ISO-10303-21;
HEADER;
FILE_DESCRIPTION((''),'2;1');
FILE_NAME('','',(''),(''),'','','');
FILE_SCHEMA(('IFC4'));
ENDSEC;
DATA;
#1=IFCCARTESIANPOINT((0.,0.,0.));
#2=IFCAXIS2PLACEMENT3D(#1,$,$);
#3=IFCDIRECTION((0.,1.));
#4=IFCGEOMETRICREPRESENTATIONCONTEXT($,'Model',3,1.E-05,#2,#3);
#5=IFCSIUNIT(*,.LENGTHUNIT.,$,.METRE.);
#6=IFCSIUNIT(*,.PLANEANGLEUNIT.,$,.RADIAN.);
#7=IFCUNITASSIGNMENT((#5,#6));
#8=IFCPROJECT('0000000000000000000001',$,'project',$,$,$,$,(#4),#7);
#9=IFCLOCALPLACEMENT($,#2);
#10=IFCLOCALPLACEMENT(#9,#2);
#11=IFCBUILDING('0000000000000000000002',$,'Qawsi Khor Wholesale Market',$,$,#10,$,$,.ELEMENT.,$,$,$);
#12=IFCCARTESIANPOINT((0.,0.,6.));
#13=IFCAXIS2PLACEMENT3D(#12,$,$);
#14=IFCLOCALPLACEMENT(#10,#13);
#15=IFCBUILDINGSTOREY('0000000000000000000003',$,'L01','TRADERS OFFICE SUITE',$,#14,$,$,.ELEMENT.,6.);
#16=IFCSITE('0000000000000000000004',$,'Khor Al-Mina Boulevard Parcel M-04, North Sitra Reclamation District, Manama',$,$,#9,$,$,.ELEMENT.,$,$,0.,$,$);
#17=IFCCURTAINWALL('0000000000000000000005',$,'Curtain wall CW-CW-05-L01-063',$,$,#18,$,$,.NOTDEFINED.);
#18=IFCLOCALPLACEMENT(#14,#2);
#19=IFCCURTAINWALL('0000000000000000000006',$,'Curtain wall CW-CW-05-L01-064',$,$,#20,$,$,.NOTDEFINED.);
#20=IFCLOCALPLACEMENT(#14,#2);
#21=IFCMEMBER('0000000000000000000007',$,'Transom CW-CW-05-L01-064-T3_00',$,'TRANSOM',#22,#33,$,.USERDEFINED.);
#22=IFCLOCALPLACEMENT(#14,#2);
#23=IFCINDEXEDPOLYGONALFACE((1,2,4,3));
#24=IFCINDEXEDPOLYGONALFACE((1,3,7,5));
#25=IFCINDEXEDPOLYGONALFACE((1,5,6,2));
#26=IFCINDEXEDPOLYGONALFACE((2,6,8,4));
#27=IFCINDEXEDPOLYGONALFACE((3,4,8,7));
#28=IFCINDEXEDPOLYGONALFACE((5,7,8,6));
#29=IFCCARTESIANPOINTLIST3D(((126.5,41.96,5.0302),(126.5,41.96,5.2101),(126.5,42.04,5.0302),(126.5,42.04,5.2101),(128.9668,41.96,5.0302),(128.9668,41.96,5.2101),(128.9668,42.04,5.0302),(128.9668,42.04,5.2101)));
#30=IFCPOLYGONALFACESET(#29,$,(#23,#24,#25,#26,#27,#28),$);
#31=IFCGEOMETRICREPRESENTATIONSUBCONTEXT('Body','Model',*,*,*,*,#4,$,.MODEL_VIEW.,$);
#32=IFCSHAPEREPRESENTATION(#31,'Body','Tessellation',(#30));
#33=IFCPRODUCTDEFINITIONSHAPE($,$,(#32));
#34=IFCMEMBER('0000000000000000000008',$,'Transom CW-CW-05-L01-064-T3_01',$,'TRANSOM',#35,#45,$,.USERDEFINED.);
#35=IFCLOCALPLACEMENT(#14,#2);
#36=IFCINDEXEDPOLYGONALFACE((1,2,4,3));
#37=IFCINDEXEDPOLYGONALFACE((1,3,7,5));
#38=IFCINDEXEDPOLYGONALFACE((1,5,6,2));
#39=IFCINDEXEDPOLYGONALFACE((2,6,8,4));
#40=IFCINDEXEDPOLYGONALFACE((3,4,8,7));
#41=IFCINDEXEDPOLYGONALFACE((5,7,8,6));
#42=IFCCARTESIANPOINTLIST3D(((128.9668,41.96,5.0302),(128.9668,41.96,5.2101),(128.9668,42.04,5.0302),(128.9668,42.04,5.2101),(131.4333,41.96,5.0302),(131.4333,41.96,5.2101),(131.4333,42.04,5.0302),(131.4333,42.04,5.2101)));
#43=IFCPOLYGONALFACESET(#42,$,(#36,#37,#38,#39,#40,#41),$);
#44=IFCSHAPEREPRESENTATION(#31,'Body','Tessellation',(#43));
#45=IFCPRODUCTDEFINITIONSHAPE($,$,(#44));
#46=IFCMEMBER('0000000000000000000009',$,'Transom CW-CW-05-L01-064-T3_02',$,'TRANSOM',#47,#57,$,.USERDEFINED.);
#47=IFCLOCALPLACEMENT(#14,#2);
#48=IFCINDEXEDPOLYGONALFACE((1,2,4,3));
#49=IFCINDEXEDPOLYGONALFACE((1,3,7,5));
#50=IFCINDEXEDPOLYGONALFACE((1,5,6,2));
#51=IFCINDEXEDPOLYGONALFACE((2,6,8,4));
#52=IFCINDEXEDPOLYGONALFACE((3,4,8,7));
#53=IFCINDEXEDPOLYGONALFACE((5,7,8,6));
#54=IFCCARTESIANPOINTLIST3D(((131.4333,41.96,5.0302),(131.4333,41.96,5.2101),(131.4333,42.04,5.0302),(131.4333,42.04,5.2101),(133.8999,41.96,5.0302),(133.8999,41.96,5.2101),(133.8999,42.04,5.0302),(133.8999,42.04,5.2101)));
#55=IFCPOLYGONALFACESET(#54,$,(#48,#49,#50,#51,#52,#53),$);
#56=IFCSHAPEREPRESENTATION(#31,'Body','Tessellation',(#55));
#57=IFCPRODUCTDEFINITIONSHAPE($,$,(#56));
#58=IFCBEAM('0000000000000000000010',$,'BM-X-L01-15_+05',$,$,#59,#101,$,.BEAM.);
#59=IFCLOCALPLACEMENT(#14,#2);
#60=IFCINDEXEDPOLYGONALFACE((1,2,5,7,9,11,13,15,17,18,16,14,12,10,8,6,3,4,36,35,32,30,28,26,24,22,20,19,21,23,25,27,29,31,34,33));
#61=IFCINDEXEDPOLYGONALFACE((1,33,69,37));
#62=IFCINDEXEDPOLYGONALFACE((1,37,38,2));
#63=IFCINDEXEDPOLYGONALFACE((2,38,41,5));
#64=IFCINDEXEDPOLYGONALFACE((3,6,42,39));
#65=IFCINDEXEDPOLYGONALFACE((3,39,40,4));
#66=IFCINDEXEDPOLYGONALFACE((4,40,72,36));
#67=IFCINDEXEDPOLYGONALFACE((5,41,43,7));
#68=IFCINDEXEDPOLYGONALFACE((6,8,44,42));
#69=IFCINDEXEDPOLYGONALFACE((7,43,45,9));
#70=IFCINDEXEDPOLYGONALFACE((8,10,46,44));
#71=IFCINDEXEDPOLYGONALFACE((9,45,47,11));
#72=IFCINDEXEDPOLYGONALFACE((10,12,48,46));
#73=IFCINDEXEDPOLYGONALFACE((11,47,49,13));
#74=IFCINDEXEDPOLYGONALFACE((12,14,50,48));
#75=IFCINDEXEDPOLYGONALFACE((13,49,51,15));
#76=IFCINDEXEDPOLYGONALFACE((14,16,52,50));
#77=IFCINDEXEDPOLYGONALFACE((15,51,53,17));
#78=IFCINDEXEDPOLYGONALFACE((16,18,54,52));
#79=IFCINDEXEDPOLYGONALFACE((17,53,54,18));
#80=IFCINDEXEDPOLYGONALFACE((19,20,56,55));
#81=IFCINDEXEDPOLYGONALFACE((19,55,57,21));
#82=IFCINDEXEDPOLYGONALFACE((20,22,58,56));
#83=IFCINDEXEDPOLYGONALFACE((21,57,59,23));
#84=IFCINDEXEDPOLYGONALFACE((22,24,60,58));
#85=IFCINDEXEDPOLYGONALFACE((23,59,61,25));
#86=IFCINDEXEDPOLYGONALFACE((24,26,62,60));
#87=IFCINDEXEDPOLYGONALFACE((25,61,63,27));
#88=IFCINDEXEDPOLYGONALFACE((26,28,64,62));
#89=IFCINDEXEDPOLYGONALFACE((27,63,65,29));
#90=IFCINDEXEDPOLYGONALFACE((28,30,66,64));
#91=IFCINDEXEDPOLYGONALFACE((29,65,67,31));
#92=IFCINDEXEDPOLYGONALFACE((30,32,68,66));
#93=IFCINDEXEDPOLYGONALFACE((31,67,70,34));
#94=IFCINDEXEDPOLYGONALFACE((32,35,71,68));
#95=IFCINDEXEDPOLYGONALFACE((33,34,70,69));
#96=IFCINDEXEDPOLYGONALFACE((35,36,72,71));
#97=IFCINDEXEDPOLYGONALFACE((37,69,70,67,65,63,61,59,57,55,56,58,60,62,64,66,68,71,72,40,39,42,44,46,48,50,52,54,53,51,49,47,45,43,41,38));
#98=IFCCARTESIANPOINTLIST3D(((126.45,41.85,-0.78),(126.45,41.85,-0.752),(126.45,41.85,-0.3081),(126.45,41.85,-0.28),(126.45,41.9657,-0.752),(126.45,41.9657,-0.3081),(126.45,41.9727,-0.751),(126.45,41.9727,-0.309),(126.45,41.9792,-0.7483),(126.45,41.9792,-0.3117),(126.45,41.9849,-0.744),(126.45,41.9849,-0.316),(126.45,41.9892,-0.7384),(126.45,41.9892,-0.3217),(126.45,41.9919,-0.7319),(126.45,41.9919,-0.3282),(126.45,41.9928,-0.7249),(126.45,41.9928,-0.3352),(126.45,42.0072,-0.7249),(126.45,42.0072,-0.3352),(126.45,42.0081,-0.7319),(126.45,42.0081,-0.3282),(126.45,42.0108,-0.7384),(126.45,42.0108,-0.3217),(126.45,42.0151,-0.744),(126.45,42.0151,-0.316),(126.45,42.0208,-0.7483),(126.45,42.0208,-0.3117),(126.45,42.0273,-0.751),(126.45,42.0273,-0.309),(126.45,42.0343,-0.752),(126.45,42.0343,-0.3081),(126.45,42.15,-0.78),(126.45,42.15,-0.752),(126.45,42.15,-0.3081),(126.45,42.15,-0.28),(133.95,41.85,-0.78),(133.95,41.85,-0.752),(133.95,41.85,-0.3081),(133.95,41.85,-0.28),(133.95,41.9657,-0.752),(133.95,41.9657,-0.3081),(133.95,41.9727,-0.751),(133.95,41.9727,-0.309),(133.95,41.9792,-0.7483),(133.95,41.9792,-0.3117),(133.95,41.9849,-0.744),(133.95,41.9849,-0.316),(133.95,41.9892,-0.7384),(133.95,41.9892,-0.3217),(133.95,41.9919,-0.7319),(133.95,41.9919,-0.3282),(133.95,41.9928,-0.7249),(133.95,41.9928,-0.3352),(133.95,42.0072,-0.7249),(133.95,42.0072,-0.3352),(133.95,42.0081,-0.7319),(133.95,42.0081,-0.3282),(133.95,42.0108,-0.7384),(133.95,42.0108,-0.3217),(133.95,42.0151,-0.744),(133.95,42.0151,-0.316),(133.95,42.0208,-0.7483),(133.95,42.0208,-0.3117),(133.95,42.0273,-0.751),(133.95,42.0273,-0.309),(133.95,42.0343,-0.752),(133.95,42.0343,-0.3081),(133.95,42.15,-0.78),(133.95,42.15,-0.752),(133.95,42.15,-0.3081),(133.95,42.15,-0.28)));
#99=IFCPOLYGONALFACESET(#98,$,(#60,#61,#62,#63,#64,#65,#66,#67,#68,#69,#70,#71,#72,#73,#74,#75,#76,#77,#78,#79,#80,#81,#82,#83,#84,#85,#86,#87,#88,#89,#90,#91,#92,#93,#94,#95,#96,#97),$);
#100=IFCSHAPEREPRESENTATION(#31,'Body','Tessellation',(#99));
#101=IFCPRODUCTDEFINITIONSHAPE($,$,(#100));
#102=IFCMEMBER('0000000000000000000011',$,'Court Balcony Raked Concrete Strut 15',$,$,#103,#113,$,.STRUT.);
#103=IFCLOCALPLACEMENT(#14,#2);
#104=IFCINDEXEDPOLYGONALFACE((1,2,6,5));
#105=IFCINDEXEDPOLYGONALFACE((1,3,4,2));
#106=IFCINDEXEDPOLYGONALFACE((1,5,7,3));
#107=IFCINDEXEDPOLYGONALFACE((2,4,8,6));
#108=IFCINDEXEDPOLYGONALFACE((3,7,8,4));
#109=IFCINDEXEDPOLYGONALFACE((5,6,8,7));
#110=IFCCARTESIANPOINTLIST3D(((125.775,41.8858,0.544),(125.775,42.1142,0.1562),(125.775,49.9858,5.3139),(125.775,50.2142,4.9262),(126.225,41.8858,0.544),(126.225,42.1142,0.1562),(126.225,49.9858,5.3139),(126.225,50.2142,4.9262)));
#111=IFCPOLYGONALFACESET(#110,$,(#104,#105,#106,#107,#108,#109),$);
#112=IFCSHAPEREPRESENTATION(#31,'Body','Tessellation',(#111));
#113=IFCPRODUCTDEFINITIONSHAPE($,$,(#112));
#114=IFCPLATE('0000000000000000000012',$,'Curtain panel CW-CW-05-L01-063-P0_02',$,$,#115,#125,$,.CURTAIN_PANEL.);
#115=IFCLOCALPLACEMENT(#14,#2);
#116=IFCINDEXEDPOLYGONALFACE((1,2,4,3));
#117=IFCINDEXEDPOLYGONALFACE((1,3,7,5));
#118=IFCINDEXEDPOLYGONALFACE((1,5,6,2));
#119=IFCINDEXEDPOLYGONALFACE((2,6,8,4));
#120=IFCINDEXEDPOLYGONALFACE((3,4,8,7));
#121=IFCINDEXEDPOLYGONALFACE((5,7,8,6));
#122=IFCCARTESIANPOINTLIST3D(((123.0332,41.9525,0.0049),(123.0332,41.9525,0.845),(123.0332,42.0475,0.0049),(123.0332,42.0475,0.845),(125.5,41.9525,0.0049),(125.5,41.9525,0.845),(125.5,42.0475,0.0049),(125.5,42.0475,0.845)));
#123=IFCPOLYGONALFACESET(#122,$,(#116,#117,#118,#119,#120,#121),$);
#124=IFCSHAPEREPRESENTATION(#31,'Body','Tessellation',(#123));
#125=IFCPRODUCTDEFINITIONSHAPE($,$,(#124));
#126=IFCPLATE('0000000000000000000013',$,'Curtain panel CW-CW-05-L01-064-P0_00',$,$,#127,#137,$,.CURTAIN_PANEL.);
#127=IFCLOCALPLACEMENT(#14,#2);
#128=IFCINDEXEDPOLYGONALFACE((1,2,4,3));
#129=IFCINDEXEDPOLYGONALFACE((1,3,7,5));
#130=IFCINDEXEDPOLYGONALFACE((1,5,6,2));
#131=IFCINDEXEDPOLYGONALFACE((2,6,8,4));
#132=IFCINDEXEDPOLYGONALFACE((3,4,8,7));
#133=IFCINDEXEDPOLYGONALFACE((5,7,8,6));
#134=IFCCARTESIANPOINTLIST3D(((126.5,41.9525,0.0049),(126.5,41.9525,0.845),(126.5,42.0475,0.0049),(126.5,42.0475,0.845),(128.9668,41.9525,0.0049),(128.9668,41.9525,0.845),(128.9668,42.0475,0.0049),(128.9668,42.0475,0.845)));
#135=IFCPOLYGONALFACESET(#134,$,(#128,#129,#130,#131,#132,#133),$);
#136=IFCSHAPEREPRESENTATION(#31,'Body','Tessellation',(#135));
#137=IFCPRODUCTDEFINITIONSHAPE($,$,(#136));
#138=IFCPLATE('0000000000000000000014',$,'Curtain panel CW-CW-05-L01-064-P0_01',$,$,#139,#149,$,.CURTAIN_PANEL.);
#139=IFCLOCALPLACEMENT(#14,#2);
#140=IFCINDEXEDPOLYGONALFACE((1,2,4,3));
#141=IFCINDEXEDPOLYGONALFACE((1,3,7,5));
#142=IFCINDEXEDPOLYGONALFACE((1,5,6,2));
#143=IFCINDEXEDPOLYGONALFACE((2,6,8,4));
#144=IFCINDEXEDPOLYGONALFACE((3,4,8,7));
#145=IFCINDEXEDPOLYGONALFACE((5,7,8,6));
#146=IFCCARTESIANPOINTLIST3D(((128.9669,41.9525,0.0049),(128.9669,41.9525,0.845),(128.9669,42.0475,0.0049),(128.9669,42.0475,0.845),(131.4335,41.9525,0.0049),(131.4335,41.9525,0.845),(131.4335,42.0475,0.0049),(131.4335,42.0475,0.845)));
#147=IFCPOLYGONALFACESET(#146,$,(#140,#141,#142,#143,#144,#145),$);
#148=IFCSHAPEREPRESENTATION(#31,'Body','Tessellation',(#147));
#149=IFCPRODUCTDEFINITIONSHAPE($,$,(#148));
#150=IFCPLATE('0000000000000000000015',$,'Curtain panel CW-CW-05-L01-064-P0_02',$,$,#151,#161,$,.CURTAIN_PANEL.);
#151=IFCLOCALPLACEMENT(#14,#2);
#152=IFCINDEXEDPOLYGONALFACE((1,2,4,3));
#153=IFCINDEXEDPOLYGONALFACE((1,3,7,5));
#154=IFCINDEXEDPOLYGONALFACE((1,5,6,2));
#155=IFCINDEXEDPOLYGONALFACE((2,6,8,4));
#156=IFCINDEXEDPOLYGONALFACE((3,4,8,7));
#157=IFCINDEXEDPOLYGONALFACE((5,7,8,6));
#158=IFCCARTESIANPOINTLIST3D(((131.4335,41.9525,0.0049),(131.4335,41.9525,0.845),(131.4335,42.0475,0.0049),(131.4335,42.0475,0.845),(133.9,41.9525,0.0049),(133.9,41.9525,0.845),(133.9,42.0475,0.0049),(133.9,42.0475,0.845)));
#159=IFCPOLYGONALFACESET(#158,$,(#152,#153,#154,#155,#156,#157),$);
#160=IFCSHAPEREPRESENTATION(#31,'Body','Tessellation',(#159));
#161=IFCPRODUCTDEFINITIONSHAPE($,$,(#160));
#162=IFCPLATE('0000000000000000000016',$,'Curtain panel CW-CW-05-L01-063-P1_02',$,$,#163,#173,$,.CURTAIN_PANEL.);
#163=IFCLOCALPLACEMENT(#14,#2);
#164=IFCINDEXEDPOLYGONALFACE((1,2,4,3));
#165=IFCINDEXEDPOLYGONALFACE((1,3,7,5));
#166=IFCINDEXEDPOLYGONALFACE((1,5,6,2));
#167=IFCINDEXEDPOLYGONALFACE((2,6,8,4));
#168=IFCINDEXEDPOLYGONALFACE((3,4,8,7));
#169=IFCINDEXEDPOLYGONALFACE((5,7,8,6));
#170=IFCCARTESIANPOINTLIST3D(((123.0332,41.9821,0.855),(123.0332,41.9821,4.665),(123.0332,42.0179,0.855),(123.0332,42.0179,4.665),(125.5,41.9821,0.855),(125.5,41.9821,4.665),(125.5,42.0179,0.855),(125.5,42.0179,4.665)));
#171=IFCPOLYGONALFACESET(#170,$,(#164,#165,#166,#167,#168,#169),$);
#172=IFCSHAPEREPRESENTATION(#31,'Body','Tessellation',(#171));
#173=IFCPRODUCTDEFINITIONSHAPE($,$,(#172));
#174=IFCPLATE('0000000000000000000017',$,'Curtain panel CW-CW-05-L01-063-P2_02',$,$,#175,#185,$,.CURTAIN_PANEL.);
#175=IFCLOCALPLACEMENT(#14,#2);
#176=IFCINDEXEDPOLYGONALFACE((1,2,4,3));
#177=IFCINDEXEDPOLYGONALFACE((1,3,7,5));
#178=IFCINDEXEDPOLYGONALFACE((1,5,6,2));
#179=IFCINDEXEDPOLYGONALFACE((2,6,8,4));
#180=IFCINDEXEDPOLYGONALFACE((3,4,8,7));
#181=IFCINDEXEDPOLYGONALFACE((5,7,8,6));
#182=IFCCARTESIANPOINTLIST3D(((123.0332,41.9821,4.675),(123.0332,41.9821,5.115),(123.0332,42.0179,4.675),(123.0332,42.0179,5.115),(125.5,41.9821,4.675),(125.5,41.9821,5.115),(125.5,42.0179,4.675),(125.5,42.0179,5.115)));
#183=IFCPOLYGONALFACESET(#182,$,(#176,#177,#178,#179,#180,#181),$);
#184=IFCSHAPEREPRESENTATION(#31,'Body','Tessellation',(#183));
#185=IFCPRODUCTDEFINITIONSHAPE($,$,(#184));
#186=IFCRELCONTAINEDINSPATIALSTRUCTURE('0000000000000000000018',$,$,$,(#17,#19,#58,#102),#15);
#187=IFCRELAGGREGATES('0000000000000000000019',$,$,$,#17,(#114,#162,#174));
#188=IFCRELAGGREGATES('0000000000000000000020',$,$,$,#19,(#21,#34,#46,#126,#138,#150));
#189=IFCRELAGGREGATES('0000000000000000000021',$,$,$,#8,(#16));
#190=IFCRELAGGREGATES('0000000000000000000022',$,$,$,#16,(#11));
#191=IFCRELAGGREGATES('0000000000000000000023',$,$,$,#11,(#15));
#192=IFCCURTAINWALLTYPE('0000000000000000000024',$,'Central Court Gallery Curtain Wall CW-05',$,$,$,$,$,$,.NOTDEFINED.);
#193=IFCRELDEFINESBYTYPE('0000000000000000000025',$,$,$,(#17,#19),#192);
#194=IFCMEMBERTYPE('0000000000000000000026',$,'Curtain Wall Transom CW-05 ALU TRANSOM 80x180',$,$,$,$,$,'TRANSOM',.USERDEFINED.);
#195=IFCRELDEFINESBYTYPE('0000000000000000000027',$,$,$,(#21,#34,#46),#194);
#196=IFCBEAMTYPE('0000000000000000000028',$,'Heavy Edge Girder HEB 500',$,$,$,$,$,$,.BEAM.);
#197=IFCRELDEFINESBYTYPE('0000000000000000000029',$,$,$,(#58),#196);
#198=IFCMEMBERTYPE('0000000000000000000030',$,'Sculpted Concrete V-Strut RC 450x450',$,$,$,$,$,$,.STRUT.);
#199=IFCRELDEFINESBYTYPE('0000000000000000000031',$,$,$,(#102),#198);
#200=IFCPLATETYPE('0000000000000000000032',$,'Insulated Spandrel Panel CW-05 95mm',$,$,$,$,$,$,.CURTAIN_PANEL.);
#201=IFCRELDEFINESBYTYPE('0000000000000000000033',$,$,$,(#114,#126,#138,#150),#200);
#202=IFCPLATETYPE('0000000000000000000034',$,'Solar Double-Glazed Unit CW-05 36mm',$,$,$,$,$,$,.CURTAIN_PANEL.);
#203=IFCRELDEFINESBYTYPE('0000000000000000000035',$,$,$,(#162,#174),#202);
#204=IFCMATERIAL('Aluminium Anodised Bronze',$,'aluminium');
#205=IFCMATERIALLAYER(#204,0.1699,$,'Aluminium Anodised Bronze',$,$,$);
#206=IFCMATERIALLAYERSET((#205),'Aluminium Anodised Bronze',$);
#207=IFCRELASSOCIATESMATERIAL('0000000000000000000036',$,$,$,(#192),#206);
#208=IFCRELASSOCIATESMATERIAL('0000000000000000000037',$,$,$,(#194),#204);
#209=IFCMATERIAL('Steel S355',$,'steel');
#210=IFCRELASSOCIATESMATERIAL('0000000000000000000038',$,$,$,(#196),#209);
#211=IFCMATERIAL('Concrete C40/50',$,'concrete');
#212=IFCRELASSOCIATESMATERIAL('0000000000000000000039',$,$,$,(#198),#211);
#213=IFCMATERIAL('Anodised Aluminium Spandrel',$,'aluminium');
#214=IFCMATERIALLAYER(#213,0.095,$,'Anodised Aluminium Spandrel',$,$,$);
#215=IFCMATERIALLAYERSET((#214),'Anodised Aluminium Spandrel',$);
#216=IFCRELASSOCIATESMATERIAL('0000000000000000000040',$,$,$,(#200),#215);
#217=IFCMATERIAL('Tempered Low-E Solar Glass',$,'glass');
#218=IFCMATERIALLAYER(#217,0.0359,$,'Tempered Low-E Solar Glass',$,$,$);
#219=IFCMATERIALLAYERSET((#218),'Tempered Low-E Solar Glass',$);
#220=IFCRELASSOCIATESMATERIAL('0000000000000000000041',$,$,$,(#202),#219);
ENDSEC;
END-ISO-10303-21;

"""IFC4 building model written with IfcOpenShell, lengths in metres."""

from ifc_helpers import new_model, si_unit, direction, frame, frame_2d, origin, origin_2d, place, context, subcontext, project, spatial, rectangle, i_section, extrude, material, layer, layer_set, material_profile, profile_set, type_object, element, aggregate, save


model = new_model("IFC4")

# Units and contexts
model_context = context("Model", 3, precision=1e-05, world=origin(), true_north=direction((0.0, 1.0)))
body_context = subcontext(model_context, "Body", "Model", "MODEL_VIEW")
ifc_project = project(units=[si_unit("LENGTHUNIT", "METRE"), si_unit("PLANEANGLEUNIT", "RADIAN")], contexts=[model_context])

# Site, building, storey
site_placement = place(None, origin())
site = spatial("IfcSite", under=ifc_project, at=site_placement, Name="Khor Al-Mina Boulevard Parcel M-04, North Sitra Reclamation District, Manama", CompositionType="ELEMENT", RefElevation=0.0)
building_placement = place(site_placement, origin())
building = spatial("IfcBuilding", under=site, at=building_placement, Name="Qawsi Khor Wholesale Market", CompositionType="ELEMENT")
storey_placement = place(building_placement, frame((0.0, 0.0, 6.0)))
storey = spatial("IfcBuildingStorey", under=building, at=storey_placement, Name="L01", Description="TRADERS OFFICE SUITE", CompositionType="ELEMENT", Elevation=6.0)

# Shared definitions
ifc_material_1 = material(Name="Concrete C40/50", Category="concrete")

# Curtain walls
ifc_material_2 = material(Name="Aluminium Anodised Bronze", Category="aluminium")
ifc_layer_1 = layer(ifc_material_2, 0.1699, Name="Aluminium Anodised Bronze")
ifc_layer_set_1 = layer_set([ifc_layer_1], Name="Aluminium Anodised Bronze")
curtain_wall_type = type_object("IfcCurtainWallType", Name="Central Court Gallery Curtain Wall CW-05", PredefinedType="NOTDEFINED", material=ifc_layer_set_1)
curtain_wall_1_placement = place(storey_placement, origin())
curtain_wall_1 = element("IfcCurtainWall", 1, at=curtain_wall_1_placement, inside=storey, type_object=curtain_wall_type, Name="Curtain wall CW-CW-05-L01-063", PredefinedType="NOTDEFINED")
curtain_wall_2_placement = place(storey_placement, origin())
curtain_wall_2 = element("IfcCurtainWall", 2, at=curtain_wall_2_placement, inside=storey, type_object=curtain_wall_type, Name="Curtain wall CW-CW-05-L01-064", PredefinedType="NOTDEFINED")

# Members
ifc_material_profile_1 = material_profile(ifc_material_2, rectangle(XDim=0.0801, YDim=0.1799, at=origin_2d()), Name="ALU TRANSOM 80x180")
ifc_profile_set_1 = profile_set([ifc_material_profile_1], Name="Aluminium Anodised Bronze")
member_type_1 = type_object("IfcMemberType", Name="Curtain Wall Transom CW-05 ALU TRANSOM 80x180", ElementType="TRANSOM", PredefinedType="USERDEFINED", material=ifc_profile_set_1)
member_1_placement = place(storey_placement, frame((126.5, 42.0, 5.1201), z_axis=(1.0, 0.0, 0.0), x_axis=(0.0, 1.0, 0.0)))
member_1 = element("IfcMember", 3, at=member_1_placement, type_object=member_type_1, Name="Transom CW-CW-05-L01-064-T3_00", ObjectType="TRANSOM", PredefinedType="USERDEFINED", context=body_context, shape_type="SweptSolid", body=[
    extrude(rectangle(XDim=0.0801, YDim=0.1799, at=origin_2d()), origin(), (0.0, 0.0, 1.0), 2.4668),
])
member_2_placement = place(storey_placement, frame((128.9668, 42.0, 5.1201), z_axis=(1.0, 0.0, 0.0), x_axis=(0.0, 1.0, 0.0)))
member_2 = element("IfcMember", 4, at=member_2_placement, type_object=member_type_1, Name="Transom CW-CW-05-L01-064-T3_01", ObjectType="TRANSOM", PredefinedType="USERDEFINED", context=body_context, shape_type="SweptSolid", body=[
    extrude(rectangle(XDim=0.0801, YDim=0.1799, at=origin_2d()), origin(), (0.0, 0.0, 1.0), 2.4666),
])
member_3_placement = place(storey_placement, frame((131.4333, 42.0, 5.1201), z_axis=(1.0, 0.0, 0.0), x_axis=(0.0, 1.0, 0.0)))
member_3 = element("IfcMember", 5, at=member_3_placement, type_object=member_type_1, Name="Transom CW-CW-05-L01-064-T3_02", ObjectType="TRANSOM", PredefinedType="USERDEFINED", context=body_context, shape_type="SweptSolid", body=[
    extrude(rectangle(XDim=0.0801, YDim=0.1799, at=origin_2d()), origin(), (0.0, 0.0, 1.0), 2.4666),
])

# Beam
ifc_material_3 = material(Name="Steel S355", Category="steel")
ifc_material_profile_2 = material_profile(ifc_material_3, i_section(OverallWidth=0.3, OverallDepth=0.5, WebThickness=0.0144, FlangeThickness=0.0281, FilletRadius=0.0271, at=origin_2d()), Name="HEB 500")
ifc_profile_set_2 = profile_set([ifc_material_profile_2], Name="Steel S355")
beam_type = type_object("IfcBeamType", Name="Heavy Edge Girder HEB 500", PredefinedType="BEAM", material=ifc_profile_set_2)
beam_placement = place(storey_placement, frame((126.45, 42.0, -0.53), z_axis=(1.0, 0.0, 0.0), x_axis=(0.0, 1.0, 0.0)))
element("IfcBeam", 6, at=beam_placement, inside=storey, type_object=beam_type, Name="BM-X-L01-15_+05", PredefinedType="BEAM", context=body_context, shape_type="SweptSolid", body=[
    extrude(i_section(OverallWidth=0.3, OverallDepth=0.5, WebThickness=0.0144, FlangeThickness=0.0281, FilletRadius=0.0271, at=origin_2d()), origin(), (0.0, 0.0, 1.0), 7.5),
])

# Member
ifc_material_profile_3 = material_profile(ifc_material_1, rectangle(XDim=0.45, YDim=0.45, at=origin_2d()), Name="RC 450x450")
ifc_profile_set_3 = profile_set([ifc_material_profile_3], Name="Concrete C40/50")
member_type_2 = type_object("IfcMemberType", Name="Sculpted Concrete V-Strut RC 450x450", PredefinedType="STRUT", material=ifc_profile_set_3)
member_4_placement = place(storey_placement, frame((126.0, 42.0, 0.3501), z_axis=(0.0, 0.86169, 0.507435), x_axis=(-1.0, 0.0, 0.0)))
element("IfcMember", 7, at=member_4_placement, inside=storey, type_object=member_type_2, Name="Court Balcony Raked Concrete Strut 15", PredefinedType="STRUT", context=body_context, shape_type="SweptSolid", body=[
    extrude(rectangle(XDim=0.45, YDim=0.45, at=origin_2d()), origin(), (0.0, 0.0, 1.0), 9.4001),
])

# Plates
ifc_material_4 = material(Name="Anodised Aluminium Spandrel", Category="aluminium")
ifc_layer_2 = layer(ifc_material_4, 0.095, Name="Anodised Aluminium Spandrel")
ifc_layer_set_2 = layer_set([ifc_layer_2], Name="Anodised Aluminium Spandrel")
plate_type_1 = type_object("IfcPlateType", Name="Insulated Spandrel Panel CW-05 95mm", PredefinedType="CURTAIN_PANEL", material=ifc_layer_set_2)
plate_1_placement = place(storey_placement, frame((123.0332, 42.0, 0.0049), z_axis=(0.0, 0.0, 1.0), x_axis=(1.0, 0.0, 0.0)))
plate_1 = element("IfcPlate", 8, at=plate_1_placement, type_object=plate_type_1, Name="Curtain panel CW-CW-05-L01-063-P0_02", PredefinedType="CURTAIN_PANEL", context=body_context, shape_type="SweptSolid", body=[
    extrude(rectangle(XDim=2.4668, YDim=0.095, at=frame_2d((1.2334, 0.0))), origin(), (0.0, 0.0, 1.0), 0.8401),
])
plate_2_placement = place(storey_placement, frame((126.5, 42.0, 0.0049), z_axis=(0.0, 0.0, 1.0), x_axis=(1.0, 0.0, 0.0)))
plate_2 = element("IfcPlate", 9, at=plate_2_placement, type_object=plate_type_1, Name="Curtain panel CW-CW-05-L01-064-P0_00", PredefinedType="CURTAIN_PANEL", context=body_context, shape_type="SweptSolid", body=[
    extrude(rectangle(XDim=2.4668, YDim=0.095, at=frame_2d((1.2334, 0.0))), origin(), (0.0, 0.0, 1.0), 0.8401),
])
plate_3_placement = place(storey_placement, frame((128.9668, 42.0, 0.0049), z_axis=(0.0, 0.0, 1.0), x_axis=(1.0, 0.0, 0.0)))
plate_3 = element("IfcPlate", 10, at=plate_3_placement, type_object=plate_type_1, Name="Curtain panel CW-CW-05-L01-064-P0_01", PredefinedType="CURTAIN_PANEL", context=body_context, shape_type="SweptSolid", body=[
    extrude(rectangle(XDim=2.4666, YDim=0.095, at=frame_2d((1.2334, 0.0))), origin(), (0.0, 0.0, 1.0), 0.8401),
])
plate_4_placement = place(storey_placement, frame((131.4333, 42.0, 0.0049), z_axis=(0.0, 0.0, 1.0), x_axis=(1.0, 0.0, 0.0)))
plate_4 = element("IfcPlate", 11, at=plate_4_placement, type_object=plate_type_1, Name="Curtain panel CW-CW-05-L01-064-P0_02", PredefinedType="CURTAIN_PANEL", context=body_context, shape_type="SweptSolid", body=[
    extrude(rectangle(XDim=2.4666, YDim=0.095, at=frame_2d((1.2334, 0.0))), origin(), (0.0, 0.0, 1.0), 0.8401),
])
ifc_material_5 = material(Name="Tempered Low-E Solar Glass", Category="glass")
ifc_layer_3 = layer(ifc_material_5, 0.0359, Name="Tempered Low-E Solar Glass")
ifc_layer_set_3 = layer_set([ifc_layer_3], Name="Tempered Low-E Solar Glass")
plate_type_2 = type_object("IfcPlateType", Name="Solar Double-Glazed Unit CW-05 36mm", PredefinedType="CURTAIN_PANEL", material=ifc_layer_set_3)
plate_5_placement = place(storey_placement, frame((123.0332, 42.0, 0.855), z_axis=(0.0, 0.0, 1.0), x_axis=(1.0, 0.0, 0.0)))
plate_5 = element("IfcPlate", 12, at=plate_5_placement, type_object=plate_type_2, Name="Curtain panel CW-CW-05-L01-063-P1_02", PredefinedType="CURTAIN_PANEL", context=body_context, shape_type="SweptSolid", body=[
    extrude(rectangle(XDim=2.4668, YDim=0.0359, at=frame_2d((1.2334, 0.0))), origin(), (0.0, 0.0, 1.0), 3.8101),
])
plate_6_placement = place(storey_placement, frame((123.0332, 42.0, 4.675), z_axis=(0.0, 0.0, 1.0), x_axis=(1.0, 0.0, 0.0)))
plate_6 = element("IfcPlate", 13, at=plate_6_placement, type_object=plate_type_2, Name="Curtain panel CW-CW-05-L01-063-P2_02", PredefinedType="CURTAIN_PANEL", context=body_context, shape_type="SweptSolid", body=[
    extrude(rectangle(XDim=2.4668, YDim=0.0359, at=frame_2d((1.2334, 0.0))), origin(), (0.0, 0.0, 1.0), 0.4399),
])
aggregate(curtain_wall_1, [plate_1, plate_5, plate_6])
aggregate(curtain_wall_2, [member_1, member_2, member_3, plate_2, plate_3, plate_4])

save(model, "model.ifc")
